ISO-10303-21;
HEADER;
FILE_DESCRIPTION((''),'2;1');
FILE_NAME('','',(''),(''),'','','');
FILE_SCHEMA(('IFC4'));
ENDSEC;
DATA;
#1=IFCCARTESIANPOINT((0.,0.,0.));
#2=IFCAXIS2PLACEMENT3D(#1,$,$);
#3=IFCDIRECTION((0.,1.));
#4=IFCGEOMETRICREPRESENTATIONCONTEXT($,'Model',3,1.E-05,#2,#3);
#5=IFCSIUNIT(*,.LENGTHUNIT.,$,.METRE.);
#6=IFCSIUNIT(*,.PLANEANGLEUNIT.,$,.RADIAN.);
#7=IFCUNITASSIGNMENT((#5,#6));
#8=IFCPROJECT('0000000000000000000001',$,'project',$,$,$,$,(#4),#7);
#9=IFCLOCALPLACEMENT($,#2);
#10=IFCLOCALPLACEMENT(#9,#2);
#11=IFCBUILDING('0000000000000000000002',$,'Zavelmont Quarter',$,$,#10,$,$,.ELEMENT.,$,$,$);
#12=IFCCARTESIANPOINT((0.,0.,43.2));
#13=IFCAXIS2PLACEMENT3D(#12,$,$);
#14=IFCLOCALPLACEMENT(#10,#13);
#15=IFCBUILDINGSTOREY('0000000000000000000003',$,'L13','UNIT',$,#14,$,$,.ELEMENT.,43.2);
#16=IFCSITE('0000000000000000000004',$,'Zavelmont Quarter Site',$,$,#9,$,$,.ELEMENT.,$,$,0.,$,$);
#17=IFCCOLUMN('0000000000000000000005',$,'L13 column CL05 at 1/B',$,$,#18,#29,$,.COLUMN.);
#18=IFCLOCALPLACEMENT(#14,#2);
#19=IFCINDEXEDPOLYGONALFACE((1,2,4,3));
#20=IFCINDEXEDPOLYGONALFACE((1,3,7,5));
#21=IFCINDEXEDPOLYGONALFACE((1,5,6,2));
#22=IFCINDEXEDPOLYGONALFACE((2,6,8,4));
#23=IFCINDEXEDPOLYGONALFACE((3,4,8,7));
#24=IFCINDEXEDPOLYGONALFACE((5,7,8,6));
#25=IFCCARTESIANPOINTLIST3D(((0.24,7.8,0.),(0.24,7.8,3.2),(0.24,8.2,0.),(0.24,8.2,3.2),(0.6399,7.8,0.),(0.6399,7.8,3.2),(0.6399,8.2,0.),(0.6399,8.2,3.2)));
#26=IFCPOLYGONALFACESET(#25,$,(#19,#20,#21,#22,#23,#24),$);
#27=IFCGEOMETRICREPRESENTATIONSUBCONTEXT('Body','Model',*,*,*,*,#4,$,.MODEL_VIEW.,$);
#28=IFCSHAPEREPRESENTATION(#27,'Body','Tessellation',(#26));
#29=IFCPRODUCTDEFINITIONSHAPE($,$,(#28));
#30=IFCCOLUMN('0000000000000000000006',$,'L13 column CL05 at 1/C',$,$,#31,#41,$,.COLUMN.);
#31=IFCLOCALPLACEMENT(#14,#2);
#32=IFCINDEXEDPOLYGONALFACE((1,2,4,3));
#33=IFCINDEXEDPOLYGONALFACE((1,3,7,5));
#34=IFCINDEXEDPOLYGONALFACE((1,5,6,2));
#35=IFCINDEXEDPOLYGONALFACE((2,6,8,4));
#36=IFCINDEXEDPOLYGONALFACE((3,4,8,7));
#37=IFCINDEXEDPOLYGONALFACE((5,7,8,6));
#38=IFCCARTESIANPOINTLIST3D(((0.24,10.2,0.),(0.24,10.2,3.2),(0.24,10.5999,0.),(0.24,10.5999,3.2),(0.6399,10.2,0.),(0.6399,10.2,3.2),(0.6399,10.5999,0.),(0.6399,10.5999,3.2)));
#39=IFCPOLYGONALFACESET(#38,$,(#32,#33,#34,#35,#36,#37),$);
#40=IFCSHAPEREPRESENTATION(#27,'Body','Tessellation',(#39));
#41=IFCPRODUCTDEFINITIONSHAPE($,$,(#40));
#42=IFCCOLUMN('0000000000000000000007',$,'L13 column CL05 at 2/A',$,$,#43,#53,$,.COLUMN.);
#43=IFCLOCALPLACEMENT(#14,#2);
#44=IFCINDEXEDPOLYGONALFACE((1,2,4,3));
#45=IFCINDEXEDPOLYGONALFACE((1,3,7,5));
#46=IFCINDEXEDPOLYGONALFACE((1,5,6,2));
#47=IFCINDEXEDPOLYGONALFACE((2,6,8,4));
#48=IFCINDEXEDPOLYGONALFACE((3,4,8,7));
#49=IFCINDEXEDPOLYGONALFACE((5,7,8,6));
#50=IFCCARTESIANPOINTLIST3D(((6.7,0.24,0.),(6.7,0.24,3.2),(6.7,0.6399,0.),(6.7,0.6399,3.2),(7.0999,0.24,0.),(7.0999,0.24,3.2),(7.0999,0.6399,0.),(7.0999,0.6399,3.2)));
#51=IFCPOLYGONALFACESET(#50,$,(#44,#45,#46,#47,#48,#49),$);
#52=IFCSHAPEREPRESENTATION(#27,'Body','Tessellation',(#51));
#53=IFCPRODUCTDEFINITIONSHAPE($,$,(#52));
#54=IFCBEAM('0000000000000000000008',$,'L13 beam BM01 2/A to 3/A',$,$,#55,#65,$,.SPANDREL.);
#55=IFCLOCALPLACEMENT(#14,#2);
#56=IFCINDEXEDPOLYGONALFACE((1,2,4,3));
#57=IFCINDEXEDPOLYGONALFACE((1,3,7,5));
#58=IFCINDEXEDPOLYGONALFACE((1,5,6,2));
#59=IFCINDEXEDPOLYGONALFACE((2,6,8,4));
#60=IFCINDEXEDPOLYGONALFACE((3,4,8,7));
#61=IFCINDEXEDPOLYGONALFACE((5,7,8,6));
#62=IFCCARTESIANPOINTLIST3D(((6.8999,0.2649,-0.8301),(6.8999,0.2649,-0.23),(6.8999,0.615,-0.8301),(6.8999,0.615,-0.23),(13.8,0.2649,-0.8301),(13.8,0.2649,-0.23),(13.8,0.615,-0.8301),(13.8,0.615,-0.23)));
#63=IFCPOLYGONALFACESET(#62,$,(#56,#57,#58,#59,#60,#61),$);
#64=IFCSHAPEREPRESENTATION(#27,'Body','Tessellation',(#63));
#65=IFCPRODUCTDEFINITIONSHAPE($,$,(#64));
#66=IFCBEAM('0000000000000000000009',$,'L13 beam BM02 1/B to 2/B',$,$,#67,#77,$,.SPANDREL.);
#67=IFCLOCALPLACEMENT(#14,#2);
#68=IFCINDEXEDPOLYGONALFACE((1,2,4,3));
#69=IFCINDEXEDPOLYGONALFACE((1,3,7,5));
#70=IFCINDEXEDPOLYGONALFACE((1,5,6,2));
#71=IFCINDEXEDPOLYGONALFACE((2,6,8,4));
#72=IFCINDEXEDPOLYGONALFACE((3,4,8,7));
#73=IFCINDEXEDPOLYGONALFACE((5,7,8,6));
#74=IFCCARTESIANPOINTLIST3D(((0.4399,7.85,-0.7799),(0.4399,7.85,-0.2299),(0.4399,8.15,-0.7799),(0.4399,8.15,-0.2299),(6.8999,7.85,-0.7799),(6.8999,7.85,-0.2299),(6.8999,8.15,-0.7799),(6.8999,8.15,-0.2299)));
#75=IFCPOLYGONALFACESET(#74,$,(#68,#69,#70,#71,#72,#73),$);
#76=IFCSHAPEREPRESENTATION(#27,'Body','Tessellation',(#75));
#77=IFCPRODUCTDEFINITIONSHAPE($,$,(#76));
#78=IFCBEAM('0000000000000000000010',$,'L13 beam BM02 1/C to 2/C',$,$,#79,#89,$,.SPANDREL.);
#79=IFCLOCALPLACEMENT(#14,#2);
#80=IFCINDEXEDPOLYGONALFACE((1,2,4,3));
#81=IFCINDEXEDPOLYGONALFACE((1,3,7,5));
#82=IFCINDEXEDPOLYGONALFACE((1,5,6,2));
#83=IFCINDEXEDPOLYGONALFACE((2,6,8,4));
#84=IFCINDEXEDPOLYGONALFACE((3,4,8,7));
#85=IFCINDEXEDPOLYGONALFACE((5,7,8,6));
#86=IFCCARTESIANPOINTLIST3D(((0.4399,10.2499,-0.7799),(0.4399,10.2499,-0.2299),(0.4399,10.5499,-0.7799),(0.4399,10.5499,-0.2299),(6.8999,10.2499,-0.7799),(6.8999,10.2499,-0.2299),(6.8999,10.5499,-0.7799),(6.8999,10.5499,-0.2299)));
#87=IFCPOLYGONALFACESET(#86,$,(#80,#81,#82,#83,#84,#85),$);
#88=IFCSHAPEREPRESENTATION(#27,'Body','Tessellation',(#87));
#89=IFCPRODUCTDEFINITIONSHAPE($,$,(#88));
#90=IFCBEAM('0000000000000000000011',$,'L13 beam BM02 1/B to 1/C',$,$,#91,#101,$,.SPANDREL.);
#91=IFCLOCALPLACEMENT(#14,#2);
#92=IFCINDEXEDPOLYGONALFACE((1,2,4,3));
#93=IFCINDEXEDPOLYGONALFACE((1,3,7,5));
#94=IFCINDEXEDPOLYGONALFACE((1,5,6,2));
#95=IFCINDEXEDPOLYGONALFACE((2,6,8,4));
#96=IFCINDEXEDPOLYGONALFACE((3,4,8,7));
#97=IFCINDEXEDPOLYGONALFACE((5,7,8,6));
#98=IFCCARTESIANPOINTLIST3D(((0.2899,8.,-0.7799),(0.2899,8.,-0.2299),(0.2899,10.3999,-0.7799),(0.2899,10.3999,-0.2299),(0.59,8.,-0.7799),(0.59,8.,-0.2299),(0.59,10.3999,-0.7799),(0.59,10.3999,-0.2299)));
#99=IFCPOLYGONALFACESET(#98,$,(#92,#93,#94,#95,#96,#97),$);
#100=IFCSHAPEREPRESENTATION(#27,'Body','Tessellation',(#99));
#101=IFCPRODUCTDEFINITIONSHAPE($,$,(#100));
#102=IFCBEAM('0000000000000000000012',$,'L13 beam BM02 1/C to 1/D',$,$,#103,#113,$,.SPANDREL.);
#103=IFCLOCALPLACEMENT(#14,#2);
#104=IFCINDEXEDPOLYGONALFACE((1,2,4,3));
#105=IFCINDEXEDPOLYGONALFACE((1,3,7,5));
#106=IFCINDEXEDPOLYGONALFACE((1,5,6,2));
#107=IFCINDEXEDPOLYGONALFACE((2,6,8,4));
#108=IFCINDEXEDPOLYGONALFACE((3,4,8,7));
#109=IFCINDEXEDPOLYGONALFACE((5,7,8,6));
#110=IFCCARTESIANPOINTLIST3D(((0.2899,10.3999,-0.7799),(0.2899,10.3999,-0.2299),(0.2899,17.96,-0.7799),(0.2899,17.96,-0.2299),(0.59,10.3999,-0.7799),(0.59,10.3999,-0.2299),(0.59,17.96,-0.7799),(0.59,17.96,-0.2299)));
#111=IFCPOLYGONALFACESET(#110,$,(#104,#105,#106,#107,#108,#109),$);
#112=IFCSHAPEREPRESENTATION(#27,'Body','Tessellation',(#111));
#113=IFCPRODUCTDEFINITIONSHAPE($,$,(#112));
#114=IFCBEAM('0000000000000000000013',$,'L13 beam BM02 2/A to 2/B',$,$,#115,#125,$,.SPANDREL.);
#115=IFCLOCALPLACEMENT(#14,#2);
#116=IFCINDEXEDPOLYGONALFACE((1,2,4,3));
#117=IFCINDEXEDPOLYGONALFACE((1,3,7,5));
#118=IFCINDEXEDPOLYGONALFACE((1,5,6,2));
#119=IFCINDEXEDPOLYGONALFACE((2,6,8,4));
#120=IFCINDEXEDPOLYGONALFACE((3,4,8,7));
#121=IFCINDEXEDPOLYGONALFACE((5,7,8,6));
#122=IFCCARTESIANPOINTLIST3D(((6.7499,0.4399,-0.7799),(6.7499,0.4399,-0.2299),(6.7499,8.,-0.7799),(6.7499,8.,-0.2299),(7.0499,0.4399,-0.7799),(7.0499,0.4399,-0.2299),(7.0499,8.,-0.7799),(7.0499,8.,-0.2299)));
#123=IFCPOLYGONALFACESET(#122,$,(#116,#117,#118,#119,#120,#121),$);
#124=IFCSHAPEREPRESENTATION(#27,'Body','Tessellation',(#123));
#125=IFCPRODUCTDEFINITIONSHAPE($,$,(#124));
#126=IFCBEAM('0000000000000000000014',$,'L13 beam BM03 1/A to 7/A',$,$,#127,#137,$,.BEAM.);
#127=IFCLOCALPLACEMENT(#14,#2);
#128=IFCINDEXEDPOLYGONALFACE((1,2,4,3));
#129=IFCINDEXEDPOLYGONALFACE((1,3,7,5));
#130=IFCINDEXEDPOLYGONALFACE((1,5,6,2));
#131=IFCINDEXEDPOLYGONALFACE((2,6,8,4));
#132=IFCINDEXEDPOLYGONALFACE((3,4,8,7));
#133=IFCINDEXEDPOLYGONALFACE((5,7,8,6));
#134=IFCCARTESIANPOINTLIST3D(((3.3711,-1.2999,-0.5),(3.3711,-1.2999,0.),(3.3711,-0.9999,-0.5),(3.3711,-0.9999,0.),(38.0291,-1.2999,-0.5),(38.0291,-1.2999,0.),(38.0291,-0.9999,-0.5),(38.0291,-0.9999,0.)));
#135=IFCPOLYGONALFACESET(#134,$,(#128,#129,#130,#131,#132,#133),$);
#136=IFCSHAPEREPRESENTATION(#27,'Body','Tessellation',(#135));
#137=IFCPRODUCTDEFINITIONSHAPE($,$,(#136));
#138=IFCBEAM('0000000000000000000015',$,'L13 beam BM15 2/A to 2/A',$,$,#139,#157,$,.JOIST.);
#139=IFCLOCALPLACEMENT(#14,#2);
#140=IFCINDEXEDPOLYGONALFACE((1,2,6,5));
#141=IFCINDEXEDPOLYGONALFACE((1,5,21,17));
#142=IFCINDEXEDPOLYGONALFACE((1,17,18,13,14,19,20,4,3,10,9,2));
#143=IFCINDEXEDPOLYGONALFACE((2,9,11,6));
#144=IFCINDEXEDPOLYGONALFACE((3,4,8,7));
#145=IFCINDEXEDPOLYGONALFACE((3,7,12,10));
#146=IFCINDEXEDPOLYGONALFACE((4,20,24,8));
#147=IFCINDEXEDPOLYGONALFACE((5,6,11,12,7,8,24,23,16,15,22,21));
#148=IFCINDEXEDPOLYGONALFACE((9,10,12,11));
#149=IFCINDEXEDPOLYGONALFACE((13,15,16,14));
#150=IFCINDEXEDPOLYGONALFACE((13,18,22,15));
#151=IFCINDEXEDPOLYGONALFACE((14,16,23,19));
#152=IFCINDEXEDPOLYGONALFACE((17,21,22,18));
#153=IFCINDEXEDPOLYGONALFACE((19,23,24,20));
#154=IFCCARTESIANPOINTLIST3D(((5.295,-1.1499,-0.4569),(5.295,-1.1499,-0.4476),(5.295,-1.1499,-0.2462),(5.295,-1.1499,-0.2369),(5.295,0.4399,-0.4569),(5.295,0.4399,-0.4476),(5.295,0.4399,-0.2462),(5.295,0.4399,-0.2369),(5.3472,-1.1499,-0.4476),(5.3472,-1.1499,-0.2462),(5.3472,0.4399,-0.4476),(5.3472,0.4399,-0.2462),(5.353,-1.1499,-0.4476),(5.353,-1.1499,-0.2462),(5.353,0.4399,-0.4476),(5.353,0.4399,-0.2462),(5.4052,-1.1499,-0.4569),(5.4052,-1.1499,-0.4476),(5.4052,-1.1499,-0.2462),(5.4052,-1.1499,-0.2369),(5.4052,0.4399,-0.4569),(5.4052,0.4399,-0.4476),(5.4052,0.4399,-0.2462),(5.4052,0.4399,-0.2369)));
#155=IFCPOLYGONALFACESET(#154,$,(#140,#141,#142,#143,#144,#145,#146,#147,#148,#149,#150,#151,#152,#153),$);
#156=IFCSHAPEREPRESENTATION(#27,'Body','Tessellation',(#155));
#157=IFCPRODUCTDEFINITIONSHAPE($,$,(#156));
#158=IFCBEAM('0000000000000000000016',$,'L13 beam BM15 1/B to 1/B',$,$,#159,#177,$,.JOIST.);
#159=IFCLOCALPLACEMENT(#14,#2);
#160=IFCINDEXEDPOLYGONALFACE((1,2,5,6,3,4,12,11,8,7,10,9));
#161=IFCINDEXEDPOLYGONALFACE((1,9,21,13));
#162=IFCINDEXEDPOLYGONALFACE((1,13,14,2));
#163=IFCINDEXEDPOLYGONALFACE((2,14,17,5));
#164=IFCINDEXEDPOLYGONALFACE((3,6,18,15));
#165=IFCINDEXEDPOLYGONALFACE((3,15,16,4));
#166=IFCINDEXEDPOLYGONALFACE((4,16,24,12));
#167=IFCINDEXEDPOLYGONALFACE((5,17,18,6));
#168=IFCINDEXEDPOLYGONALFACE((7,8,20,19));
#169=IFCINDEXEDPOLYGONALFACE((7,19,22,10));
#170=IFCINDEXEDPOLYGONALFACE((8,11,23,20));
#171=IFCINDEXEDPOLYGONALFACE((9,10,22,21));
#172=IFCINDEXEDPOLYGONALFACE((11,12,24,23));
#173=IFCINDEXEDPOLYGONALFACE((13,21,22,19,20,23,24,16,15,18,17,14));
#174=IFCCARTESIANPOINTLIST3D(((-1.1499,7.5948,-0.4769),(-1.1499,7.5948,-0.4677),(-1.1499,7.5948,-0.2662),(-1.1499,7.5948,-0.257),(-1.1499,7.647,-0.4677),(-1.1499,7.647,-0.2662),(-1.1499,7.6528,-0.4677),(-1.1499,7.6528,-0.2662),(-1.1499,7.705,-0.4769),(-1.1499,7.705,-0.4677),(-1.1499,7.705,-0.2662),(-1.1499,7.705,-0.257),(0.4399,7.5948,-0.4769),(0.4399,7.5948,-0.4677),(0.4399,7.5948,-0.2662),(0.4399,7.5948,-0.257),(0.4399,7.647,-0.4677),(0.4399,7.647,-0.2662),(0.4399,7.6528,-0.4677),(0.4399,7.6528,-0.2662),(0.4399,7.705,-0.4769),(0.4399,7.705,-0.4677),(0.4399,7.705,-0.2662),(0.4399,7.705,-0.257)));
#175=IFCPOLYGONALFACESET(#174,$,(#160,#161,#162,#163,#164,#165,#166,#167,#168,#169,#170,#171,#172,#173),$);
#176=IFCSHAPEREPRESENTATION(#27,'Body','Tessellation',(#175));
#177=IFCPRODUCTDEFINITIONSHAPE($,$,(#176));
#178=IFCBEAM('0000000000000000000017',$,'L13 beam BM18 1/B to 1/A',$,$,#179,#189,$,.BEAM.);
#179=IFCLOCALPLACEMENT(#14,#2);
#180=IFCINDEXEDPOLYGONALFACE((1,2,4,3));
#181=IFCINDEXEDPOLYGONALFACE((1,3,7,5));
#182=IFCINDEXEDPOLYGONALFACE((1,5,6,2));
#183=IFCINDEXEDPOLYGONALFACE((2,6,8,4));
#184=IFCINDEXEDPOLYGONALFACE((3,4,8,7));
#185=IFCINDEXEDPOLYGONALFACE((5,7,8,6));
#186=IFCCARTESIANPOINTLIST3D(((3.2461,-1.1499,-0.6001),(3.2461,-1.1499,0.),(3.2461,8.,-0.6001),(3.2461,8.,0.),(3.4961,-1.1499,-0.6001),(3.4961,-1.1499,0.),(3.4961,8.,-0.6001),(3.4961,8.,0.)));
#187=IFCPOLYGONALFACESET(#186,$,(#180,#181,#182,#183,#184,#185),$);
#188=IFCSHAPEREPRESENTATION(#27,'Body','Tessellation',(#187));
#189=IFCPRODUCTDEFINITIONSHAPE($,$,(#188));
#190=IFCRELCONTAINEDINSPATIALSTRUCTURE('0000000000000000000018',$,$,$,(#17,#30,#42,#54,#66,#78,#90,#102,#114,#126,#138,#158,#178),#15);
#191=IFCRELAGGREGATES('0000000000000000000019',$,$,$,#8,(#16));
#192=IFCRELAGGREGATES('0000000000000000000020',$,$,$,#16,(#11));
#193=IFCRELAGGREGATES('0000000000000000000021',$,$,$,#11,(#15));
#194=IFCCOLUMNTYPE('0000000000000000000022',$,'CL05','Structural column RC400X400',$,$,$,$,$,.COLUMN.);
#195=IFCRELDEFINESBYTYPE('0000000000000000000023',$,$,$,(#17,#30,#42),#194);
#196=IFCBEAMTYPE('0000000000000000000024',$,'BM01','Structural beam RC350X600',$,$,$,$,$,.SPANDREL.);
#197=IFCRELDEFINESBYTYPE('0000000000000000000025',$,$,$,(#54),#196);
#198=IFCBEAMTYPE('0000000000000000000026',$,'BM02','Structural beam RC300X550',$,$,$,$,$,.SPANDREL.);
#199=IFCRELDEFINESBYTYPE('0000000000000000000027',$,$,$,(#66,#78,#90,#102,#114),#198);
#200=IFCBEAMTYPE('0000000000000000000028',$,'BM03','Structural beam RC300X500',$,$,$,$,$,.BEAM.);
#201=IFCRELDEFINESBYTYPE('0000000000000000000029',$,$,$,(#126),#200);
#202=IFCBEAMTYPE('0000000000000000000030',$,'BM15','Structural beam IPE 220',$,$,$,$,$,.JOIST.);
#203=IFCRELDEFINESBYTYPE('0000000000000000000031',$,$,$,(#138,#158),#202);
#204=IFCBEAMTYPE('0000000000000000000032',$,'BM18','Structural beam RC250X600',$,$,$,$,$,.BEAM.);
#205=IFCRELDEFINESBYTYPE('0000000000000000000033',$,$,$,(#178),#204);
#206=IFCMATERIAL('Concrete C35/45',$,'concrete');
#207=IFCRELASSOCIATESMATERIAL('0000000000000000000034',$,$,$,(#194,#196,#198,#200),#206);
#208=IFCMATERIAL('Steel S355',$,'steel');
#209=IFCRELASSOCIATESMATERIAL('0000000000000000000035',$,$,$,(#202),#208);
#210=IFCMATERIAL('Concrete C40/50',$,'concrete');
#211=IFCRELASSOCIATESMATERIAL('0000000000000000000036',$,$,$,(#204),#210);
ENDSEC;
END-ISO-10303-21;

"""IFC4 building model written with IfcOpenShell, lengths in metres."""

from ifc_helpers import new_model, si_unit, direction, frame, origin, origin_2d, place, context, subcontext, project, spatial, rectangle, i_section, extrude, material, material_profile, profile_set, type_object, element, save


model = new_model("IFC4")

# Units and contexts
model_context = context("Model", 3, precision=1e-05, world=origin(), true_north=direction((0.0, 1.0)))
body_context = subcontext(model_context, "Body", "Model", "MODEL_VIEW")
ifc_project = project(units=[si_unit("LENGTHUNIT", "METRE"), si_unit("PLANEANGLEUNIT", "RADIAN")], contexts=[model_context])

# Site, building, storey
site_placement = place(None, origin())
site = spatial("IfcSite", under=ifc_project, at=site_placement, Name="Zavelmont Quarter Site", CompositionType="ELEMENT", RefElevation=0.0)
building_placement = place(site_placement, origin())
building = spatial("IfcBuilding", under=site, at=building_placement, Name="Zavelmont Quarter", CompositionType="ELEMENT")
storey_placement = place(building_placement, frame((0.0, 0.0, 43.2)))
storey = spatial("IfcBuildingStorey", under=building, at=storey_placement, Name="L13", Description="UNIT", CompositionType="ELEMENT", Elevation=43.2)

# Columns
ifc_material_1 = material(Name="Concrete C35/45", Category="concrete")
ifc_material_profile_1 = material_profile(ifc_material_1, rectangle(XDim=0.3999, YDim=0.3999, at=origin_2d()), Name="RC400X400")
ifc_profile_set_1 = profile_set([ifc_material_profile_1], Name="Concrete C35/45")
column_type = type_object("IfcColumnType", Name="CL05", Description="Structural column RC400X400", PredefinedType="COLUMN", material=ifc_profile_set_1)
for number, where, z_axis, x_axis, name in (
    (1, (0.4399, 8.0, 0.0), (0.0, 0.0, 1.0), (1.0, 0.0, 0.0), "L13 column CL05 at 1/B"),
    (2, (0.4399, 10.3999, 0.0), (0.0, 0.0, 1.0), (1.0, 0.0, 0.0), "L13 column CL05 at 1/C"),
    (3, (6.8999, 0.4399, 0.0), (0.0, 0.0, 1.0), (1.0, 0.0, 0.0), "L13 column CL05 at 2/A"),
):
    element("IfcColumn", number, at=place(storey_placement, frame(where, z_axis=z_axis, x_axis=x_axis)), inside=storey, type_object=column_type, Name=name, PredefinedType="COLUMN", context=body_context, shape_type="SweptSolid", body=[
        extrude(rectangle(XDim=0.3999, YDim=0.3999, at=origin_2d()), origin(), (0.0, 0.0, 1.0), 3.2),
    ])

# Beams
ifc_material_profile_2 = material_profile(ifc_material_1, rectangle(XDim=0.3501, YDim=0.6001, at=origin_2d()), Name="RC350X600")
ifc_profile_set_2 = profile_set([ifc_material_profile_2], Name="Concrete C35/45")
beam_type_1 = type_object("IfcBeamType", Name="BM01", Description="Structural beam RC350X600", PredefinedType="SPANDREL", material=ifc_profile_set_2)
beam_1_placement = place(storey_placement, frame((6.8999, 0.4399, -0.53), z_axis=(1.0, 0.0, 0.0), x_axis=(0.0, 1.0, 0.0)))
element("IfcBeam", 4, at=beam_1_placement, inside=storey, type_object=beam_type_1, Name="L13 beam BM01 2/A to 3/A", PredefinedType="SPANDREL", context=body_context, shape_type="SweptSolid", body=[
    extrude(rectangle(XDim=0.3501, YDim=0.6001, at=origin_2d()), origin(), (0.0, 0.0, 1.0), 6.9001),
])
ifc_material_profile_3 = material_profile(ifc_material_1, rectangle(XDim=0.3, YDim=0.55, at=origin_2d()), Name="RC300X550")
ifc_profile_set_3 = profile_set([ifc_material_profile_3], Name="Concrete C35/45")
beam_type_2 = type_object("IfcBeamType", Name="BM02", Description="Structural beam RC300X550", PredefinedType="SPANDREL", material=ifc_profile_set_3)
for number, where, z_axis, x_axis, name in (
    (5, (0.4399, 8.0, -0.5049), (1.0, 0.0, 0.0), (0.0, 1.0, 0.0), "L13 beam BM02 1/B to 2/B"),
    (6, (0.4399, 10.3999, -0.5049), (1.0, 0.0, 0.0), (0.0, 1.0, 0.0), "L13 beam BM02 1/C to 2/C"),
):
    element("IfcBeam", number, at=place(storey_placement, frame(where, z_axis=z_axis, x_axis=x_axis)), inside=storey, type_object=beam_type_2, Name=name, PredefinedType="SPANDREL", context=body_context, shape_type="SweptSolid", body=[
        extrude(rectangle(XDim=0.3, YDim=0.55, at=origin_2d()), origin(), (0.0, 0.0, 1.0), 6.46),
    ])
beam_2_placement = place(storey_placement, frame((0.4399, 8.0, -0.5049), z_axis=(0.0, 1.0, 0.0), x_axis=(-1.0, 0.0, 0.0)))
element("IfcBeam", 7, at=beam_2_placement, inside=storey, type_object=beam_type_2, Name="L13 beam BM02 1/B to 1/C", PredefinedType="SPANDREL", context=body_context, shape_type="SweptSolid", body=[
    extrude(rectangle(XDim=0.3, YDim=0.55, at=origin_2d()), origin(), (0.0, 0.0, 1.0), 2.3999),
])
for number, where, z_axis, x_axis, name in (
    (8, (0.4399, 10.3999, -0.5049), (0.0, 1.0, 0.0), (-1.0, 0.0, 0.0), "L13 beam BM02 1/C to 1/D"),
    (9, (6.8999, 0.4399, -0.5049), (0.0, 1.0, 0.0), (-1.0, 0.0, 0.0), "L13 beam BM02 2/A to 2/B"),
):
    element("IfcBeam", number, at=place(storey_placement, frame(where, z_axis=z_axis, x_axis=x_axis)), inside=storey, type_object=beam_type_2, Name=name, PredefinedType="SPANDREL", context=body_context, shape_type="SweptSolid", body=[
        extrude(rectangle(XDim=0.3, YDim=0.55, at=origin_2d()), origin(), (0.0, 0.0, 1.0), 7.5601),
    ])
ifc_material_profile_4 = material_profile(ifc_material_1, rectangle(XDim=0.3, YDim=0.5, at=origin_2d()), Name="RC300X500")
ifc_profile_set_4 = profile_set([ifc_material_profile_4], Name="Concrete C35/45")
beam_type_3 = type_object("IfcBeamType", Name="BM03", Description="Structural beam RC300X500", PredefinedType="BEAM", material=ifc_profile_set_4)
beam_3_placement = place(storey_placement, frame((3.3711, -1.1499, -0.25), z_axis=(1.0, 0.0, 0.0), x_axis=(0.0, 1.0, 0.0)))
element("IfcBeam", 10, at=beam_3_placement, inside=storey, type_object=beam_type_3, Name="L13 beam BM03 1/A to 7/A", PredefinedType="BEAM", context=body_context, shape_type="SweptSolid", body=[
    extrude(rectangle(XDim=0.3, YDim=0.5, at=origin_2d()), origin(), (0.0, 0.0, 1.0), 34.658),
])
ifc_material_2 = material(Name="Steel S355", Category="steel")
ifc_material_profile_5 = material_profile(ifc_material_2, i_section(OverallWidth=0.1101, OverallDepth=0.22, WebThickness=0.0059, FlangeThickness=0.0093, at=origin_2d()), Name="IPE 220")
ifc_profile_set_5 = profile_set([ifc_material_profile_5], Name="Steel S355")
beam_type_4 = type_object("IfcBeamType", Name="BM15", Description="Structural beam IPE 220", PredefinedType="JOIST", material=ifc_profile_set_5)
for number, where, z_axis, x_axis, name in (
    (11, (5.3501, 0.4399, -0.3469), (0.0, -1.0, 0.0), (1.0, 0.0, 0.0), "L13 beam BM15 2/A to 2/A"),
    (12, (0.4399, 7.6499, -0.3669), (-1.0, 0.0, 0.0), (0.0, -1.0, 0.0), "L13 beam BM15 1/B to 1/B"),
):
    element("IfcBeam", number, at=place(storey_placement, frame(where, z_axis=z_axis, x_axis=x_axis)), inside=storey, type_object=beam_type_4, Name=name, PredefinedType="JOIST", context=body_context, shape_type="SweptSolid", body=[
        extrude(i_section(OverallWidth=0.1101, OverallDepth=0.22, WebThickness=0.0059, FlangeThickness=0.0093, at=origin_2d()), origin(), (0.0, 0.0, 1.0), 1.5898),
    ])
ifc_material_3 = material(Name="Concrete C40/50", Category="concrete")
ifc_material_profile_6 = material_profile(ifc_material_3, rectangle(XDim=0.25, YDim=0.6001, at=origin_2d()), Name="RC250X600")
ifc_profile_set_6 = profile_set([ifc_material_profile_6], Name="Concrete C40/50")
beam_type_5 = type_object("IfcBeamType", Name="BM18", Description="Structural beam RC250X600", PredefinedType="BEAM", material=ifc_profile_set_6)
beam_4_placement = place(storey_placement, frame((3.3711, 8.0, -0.3), z_axis=(0.0, -1.0, 0.0), x_axis=(1.0, 0.0, 0.0)))
element("IfcBeam", 13, at=beam_4_placement, inside=storey, type_object=beam_type_5, Name="L13 beam BM18 1/B to 1/A", PredefinedType="BEAM", context=body_context, shape_type="SweptSolid", body=[
    extrude(rectangle(XDim=0.25, YDim=0.6001, at=origin_2d()), origin(), (0.0, 0.0, 1.0), 9.1499),
])

save(model, "model.ifc")
